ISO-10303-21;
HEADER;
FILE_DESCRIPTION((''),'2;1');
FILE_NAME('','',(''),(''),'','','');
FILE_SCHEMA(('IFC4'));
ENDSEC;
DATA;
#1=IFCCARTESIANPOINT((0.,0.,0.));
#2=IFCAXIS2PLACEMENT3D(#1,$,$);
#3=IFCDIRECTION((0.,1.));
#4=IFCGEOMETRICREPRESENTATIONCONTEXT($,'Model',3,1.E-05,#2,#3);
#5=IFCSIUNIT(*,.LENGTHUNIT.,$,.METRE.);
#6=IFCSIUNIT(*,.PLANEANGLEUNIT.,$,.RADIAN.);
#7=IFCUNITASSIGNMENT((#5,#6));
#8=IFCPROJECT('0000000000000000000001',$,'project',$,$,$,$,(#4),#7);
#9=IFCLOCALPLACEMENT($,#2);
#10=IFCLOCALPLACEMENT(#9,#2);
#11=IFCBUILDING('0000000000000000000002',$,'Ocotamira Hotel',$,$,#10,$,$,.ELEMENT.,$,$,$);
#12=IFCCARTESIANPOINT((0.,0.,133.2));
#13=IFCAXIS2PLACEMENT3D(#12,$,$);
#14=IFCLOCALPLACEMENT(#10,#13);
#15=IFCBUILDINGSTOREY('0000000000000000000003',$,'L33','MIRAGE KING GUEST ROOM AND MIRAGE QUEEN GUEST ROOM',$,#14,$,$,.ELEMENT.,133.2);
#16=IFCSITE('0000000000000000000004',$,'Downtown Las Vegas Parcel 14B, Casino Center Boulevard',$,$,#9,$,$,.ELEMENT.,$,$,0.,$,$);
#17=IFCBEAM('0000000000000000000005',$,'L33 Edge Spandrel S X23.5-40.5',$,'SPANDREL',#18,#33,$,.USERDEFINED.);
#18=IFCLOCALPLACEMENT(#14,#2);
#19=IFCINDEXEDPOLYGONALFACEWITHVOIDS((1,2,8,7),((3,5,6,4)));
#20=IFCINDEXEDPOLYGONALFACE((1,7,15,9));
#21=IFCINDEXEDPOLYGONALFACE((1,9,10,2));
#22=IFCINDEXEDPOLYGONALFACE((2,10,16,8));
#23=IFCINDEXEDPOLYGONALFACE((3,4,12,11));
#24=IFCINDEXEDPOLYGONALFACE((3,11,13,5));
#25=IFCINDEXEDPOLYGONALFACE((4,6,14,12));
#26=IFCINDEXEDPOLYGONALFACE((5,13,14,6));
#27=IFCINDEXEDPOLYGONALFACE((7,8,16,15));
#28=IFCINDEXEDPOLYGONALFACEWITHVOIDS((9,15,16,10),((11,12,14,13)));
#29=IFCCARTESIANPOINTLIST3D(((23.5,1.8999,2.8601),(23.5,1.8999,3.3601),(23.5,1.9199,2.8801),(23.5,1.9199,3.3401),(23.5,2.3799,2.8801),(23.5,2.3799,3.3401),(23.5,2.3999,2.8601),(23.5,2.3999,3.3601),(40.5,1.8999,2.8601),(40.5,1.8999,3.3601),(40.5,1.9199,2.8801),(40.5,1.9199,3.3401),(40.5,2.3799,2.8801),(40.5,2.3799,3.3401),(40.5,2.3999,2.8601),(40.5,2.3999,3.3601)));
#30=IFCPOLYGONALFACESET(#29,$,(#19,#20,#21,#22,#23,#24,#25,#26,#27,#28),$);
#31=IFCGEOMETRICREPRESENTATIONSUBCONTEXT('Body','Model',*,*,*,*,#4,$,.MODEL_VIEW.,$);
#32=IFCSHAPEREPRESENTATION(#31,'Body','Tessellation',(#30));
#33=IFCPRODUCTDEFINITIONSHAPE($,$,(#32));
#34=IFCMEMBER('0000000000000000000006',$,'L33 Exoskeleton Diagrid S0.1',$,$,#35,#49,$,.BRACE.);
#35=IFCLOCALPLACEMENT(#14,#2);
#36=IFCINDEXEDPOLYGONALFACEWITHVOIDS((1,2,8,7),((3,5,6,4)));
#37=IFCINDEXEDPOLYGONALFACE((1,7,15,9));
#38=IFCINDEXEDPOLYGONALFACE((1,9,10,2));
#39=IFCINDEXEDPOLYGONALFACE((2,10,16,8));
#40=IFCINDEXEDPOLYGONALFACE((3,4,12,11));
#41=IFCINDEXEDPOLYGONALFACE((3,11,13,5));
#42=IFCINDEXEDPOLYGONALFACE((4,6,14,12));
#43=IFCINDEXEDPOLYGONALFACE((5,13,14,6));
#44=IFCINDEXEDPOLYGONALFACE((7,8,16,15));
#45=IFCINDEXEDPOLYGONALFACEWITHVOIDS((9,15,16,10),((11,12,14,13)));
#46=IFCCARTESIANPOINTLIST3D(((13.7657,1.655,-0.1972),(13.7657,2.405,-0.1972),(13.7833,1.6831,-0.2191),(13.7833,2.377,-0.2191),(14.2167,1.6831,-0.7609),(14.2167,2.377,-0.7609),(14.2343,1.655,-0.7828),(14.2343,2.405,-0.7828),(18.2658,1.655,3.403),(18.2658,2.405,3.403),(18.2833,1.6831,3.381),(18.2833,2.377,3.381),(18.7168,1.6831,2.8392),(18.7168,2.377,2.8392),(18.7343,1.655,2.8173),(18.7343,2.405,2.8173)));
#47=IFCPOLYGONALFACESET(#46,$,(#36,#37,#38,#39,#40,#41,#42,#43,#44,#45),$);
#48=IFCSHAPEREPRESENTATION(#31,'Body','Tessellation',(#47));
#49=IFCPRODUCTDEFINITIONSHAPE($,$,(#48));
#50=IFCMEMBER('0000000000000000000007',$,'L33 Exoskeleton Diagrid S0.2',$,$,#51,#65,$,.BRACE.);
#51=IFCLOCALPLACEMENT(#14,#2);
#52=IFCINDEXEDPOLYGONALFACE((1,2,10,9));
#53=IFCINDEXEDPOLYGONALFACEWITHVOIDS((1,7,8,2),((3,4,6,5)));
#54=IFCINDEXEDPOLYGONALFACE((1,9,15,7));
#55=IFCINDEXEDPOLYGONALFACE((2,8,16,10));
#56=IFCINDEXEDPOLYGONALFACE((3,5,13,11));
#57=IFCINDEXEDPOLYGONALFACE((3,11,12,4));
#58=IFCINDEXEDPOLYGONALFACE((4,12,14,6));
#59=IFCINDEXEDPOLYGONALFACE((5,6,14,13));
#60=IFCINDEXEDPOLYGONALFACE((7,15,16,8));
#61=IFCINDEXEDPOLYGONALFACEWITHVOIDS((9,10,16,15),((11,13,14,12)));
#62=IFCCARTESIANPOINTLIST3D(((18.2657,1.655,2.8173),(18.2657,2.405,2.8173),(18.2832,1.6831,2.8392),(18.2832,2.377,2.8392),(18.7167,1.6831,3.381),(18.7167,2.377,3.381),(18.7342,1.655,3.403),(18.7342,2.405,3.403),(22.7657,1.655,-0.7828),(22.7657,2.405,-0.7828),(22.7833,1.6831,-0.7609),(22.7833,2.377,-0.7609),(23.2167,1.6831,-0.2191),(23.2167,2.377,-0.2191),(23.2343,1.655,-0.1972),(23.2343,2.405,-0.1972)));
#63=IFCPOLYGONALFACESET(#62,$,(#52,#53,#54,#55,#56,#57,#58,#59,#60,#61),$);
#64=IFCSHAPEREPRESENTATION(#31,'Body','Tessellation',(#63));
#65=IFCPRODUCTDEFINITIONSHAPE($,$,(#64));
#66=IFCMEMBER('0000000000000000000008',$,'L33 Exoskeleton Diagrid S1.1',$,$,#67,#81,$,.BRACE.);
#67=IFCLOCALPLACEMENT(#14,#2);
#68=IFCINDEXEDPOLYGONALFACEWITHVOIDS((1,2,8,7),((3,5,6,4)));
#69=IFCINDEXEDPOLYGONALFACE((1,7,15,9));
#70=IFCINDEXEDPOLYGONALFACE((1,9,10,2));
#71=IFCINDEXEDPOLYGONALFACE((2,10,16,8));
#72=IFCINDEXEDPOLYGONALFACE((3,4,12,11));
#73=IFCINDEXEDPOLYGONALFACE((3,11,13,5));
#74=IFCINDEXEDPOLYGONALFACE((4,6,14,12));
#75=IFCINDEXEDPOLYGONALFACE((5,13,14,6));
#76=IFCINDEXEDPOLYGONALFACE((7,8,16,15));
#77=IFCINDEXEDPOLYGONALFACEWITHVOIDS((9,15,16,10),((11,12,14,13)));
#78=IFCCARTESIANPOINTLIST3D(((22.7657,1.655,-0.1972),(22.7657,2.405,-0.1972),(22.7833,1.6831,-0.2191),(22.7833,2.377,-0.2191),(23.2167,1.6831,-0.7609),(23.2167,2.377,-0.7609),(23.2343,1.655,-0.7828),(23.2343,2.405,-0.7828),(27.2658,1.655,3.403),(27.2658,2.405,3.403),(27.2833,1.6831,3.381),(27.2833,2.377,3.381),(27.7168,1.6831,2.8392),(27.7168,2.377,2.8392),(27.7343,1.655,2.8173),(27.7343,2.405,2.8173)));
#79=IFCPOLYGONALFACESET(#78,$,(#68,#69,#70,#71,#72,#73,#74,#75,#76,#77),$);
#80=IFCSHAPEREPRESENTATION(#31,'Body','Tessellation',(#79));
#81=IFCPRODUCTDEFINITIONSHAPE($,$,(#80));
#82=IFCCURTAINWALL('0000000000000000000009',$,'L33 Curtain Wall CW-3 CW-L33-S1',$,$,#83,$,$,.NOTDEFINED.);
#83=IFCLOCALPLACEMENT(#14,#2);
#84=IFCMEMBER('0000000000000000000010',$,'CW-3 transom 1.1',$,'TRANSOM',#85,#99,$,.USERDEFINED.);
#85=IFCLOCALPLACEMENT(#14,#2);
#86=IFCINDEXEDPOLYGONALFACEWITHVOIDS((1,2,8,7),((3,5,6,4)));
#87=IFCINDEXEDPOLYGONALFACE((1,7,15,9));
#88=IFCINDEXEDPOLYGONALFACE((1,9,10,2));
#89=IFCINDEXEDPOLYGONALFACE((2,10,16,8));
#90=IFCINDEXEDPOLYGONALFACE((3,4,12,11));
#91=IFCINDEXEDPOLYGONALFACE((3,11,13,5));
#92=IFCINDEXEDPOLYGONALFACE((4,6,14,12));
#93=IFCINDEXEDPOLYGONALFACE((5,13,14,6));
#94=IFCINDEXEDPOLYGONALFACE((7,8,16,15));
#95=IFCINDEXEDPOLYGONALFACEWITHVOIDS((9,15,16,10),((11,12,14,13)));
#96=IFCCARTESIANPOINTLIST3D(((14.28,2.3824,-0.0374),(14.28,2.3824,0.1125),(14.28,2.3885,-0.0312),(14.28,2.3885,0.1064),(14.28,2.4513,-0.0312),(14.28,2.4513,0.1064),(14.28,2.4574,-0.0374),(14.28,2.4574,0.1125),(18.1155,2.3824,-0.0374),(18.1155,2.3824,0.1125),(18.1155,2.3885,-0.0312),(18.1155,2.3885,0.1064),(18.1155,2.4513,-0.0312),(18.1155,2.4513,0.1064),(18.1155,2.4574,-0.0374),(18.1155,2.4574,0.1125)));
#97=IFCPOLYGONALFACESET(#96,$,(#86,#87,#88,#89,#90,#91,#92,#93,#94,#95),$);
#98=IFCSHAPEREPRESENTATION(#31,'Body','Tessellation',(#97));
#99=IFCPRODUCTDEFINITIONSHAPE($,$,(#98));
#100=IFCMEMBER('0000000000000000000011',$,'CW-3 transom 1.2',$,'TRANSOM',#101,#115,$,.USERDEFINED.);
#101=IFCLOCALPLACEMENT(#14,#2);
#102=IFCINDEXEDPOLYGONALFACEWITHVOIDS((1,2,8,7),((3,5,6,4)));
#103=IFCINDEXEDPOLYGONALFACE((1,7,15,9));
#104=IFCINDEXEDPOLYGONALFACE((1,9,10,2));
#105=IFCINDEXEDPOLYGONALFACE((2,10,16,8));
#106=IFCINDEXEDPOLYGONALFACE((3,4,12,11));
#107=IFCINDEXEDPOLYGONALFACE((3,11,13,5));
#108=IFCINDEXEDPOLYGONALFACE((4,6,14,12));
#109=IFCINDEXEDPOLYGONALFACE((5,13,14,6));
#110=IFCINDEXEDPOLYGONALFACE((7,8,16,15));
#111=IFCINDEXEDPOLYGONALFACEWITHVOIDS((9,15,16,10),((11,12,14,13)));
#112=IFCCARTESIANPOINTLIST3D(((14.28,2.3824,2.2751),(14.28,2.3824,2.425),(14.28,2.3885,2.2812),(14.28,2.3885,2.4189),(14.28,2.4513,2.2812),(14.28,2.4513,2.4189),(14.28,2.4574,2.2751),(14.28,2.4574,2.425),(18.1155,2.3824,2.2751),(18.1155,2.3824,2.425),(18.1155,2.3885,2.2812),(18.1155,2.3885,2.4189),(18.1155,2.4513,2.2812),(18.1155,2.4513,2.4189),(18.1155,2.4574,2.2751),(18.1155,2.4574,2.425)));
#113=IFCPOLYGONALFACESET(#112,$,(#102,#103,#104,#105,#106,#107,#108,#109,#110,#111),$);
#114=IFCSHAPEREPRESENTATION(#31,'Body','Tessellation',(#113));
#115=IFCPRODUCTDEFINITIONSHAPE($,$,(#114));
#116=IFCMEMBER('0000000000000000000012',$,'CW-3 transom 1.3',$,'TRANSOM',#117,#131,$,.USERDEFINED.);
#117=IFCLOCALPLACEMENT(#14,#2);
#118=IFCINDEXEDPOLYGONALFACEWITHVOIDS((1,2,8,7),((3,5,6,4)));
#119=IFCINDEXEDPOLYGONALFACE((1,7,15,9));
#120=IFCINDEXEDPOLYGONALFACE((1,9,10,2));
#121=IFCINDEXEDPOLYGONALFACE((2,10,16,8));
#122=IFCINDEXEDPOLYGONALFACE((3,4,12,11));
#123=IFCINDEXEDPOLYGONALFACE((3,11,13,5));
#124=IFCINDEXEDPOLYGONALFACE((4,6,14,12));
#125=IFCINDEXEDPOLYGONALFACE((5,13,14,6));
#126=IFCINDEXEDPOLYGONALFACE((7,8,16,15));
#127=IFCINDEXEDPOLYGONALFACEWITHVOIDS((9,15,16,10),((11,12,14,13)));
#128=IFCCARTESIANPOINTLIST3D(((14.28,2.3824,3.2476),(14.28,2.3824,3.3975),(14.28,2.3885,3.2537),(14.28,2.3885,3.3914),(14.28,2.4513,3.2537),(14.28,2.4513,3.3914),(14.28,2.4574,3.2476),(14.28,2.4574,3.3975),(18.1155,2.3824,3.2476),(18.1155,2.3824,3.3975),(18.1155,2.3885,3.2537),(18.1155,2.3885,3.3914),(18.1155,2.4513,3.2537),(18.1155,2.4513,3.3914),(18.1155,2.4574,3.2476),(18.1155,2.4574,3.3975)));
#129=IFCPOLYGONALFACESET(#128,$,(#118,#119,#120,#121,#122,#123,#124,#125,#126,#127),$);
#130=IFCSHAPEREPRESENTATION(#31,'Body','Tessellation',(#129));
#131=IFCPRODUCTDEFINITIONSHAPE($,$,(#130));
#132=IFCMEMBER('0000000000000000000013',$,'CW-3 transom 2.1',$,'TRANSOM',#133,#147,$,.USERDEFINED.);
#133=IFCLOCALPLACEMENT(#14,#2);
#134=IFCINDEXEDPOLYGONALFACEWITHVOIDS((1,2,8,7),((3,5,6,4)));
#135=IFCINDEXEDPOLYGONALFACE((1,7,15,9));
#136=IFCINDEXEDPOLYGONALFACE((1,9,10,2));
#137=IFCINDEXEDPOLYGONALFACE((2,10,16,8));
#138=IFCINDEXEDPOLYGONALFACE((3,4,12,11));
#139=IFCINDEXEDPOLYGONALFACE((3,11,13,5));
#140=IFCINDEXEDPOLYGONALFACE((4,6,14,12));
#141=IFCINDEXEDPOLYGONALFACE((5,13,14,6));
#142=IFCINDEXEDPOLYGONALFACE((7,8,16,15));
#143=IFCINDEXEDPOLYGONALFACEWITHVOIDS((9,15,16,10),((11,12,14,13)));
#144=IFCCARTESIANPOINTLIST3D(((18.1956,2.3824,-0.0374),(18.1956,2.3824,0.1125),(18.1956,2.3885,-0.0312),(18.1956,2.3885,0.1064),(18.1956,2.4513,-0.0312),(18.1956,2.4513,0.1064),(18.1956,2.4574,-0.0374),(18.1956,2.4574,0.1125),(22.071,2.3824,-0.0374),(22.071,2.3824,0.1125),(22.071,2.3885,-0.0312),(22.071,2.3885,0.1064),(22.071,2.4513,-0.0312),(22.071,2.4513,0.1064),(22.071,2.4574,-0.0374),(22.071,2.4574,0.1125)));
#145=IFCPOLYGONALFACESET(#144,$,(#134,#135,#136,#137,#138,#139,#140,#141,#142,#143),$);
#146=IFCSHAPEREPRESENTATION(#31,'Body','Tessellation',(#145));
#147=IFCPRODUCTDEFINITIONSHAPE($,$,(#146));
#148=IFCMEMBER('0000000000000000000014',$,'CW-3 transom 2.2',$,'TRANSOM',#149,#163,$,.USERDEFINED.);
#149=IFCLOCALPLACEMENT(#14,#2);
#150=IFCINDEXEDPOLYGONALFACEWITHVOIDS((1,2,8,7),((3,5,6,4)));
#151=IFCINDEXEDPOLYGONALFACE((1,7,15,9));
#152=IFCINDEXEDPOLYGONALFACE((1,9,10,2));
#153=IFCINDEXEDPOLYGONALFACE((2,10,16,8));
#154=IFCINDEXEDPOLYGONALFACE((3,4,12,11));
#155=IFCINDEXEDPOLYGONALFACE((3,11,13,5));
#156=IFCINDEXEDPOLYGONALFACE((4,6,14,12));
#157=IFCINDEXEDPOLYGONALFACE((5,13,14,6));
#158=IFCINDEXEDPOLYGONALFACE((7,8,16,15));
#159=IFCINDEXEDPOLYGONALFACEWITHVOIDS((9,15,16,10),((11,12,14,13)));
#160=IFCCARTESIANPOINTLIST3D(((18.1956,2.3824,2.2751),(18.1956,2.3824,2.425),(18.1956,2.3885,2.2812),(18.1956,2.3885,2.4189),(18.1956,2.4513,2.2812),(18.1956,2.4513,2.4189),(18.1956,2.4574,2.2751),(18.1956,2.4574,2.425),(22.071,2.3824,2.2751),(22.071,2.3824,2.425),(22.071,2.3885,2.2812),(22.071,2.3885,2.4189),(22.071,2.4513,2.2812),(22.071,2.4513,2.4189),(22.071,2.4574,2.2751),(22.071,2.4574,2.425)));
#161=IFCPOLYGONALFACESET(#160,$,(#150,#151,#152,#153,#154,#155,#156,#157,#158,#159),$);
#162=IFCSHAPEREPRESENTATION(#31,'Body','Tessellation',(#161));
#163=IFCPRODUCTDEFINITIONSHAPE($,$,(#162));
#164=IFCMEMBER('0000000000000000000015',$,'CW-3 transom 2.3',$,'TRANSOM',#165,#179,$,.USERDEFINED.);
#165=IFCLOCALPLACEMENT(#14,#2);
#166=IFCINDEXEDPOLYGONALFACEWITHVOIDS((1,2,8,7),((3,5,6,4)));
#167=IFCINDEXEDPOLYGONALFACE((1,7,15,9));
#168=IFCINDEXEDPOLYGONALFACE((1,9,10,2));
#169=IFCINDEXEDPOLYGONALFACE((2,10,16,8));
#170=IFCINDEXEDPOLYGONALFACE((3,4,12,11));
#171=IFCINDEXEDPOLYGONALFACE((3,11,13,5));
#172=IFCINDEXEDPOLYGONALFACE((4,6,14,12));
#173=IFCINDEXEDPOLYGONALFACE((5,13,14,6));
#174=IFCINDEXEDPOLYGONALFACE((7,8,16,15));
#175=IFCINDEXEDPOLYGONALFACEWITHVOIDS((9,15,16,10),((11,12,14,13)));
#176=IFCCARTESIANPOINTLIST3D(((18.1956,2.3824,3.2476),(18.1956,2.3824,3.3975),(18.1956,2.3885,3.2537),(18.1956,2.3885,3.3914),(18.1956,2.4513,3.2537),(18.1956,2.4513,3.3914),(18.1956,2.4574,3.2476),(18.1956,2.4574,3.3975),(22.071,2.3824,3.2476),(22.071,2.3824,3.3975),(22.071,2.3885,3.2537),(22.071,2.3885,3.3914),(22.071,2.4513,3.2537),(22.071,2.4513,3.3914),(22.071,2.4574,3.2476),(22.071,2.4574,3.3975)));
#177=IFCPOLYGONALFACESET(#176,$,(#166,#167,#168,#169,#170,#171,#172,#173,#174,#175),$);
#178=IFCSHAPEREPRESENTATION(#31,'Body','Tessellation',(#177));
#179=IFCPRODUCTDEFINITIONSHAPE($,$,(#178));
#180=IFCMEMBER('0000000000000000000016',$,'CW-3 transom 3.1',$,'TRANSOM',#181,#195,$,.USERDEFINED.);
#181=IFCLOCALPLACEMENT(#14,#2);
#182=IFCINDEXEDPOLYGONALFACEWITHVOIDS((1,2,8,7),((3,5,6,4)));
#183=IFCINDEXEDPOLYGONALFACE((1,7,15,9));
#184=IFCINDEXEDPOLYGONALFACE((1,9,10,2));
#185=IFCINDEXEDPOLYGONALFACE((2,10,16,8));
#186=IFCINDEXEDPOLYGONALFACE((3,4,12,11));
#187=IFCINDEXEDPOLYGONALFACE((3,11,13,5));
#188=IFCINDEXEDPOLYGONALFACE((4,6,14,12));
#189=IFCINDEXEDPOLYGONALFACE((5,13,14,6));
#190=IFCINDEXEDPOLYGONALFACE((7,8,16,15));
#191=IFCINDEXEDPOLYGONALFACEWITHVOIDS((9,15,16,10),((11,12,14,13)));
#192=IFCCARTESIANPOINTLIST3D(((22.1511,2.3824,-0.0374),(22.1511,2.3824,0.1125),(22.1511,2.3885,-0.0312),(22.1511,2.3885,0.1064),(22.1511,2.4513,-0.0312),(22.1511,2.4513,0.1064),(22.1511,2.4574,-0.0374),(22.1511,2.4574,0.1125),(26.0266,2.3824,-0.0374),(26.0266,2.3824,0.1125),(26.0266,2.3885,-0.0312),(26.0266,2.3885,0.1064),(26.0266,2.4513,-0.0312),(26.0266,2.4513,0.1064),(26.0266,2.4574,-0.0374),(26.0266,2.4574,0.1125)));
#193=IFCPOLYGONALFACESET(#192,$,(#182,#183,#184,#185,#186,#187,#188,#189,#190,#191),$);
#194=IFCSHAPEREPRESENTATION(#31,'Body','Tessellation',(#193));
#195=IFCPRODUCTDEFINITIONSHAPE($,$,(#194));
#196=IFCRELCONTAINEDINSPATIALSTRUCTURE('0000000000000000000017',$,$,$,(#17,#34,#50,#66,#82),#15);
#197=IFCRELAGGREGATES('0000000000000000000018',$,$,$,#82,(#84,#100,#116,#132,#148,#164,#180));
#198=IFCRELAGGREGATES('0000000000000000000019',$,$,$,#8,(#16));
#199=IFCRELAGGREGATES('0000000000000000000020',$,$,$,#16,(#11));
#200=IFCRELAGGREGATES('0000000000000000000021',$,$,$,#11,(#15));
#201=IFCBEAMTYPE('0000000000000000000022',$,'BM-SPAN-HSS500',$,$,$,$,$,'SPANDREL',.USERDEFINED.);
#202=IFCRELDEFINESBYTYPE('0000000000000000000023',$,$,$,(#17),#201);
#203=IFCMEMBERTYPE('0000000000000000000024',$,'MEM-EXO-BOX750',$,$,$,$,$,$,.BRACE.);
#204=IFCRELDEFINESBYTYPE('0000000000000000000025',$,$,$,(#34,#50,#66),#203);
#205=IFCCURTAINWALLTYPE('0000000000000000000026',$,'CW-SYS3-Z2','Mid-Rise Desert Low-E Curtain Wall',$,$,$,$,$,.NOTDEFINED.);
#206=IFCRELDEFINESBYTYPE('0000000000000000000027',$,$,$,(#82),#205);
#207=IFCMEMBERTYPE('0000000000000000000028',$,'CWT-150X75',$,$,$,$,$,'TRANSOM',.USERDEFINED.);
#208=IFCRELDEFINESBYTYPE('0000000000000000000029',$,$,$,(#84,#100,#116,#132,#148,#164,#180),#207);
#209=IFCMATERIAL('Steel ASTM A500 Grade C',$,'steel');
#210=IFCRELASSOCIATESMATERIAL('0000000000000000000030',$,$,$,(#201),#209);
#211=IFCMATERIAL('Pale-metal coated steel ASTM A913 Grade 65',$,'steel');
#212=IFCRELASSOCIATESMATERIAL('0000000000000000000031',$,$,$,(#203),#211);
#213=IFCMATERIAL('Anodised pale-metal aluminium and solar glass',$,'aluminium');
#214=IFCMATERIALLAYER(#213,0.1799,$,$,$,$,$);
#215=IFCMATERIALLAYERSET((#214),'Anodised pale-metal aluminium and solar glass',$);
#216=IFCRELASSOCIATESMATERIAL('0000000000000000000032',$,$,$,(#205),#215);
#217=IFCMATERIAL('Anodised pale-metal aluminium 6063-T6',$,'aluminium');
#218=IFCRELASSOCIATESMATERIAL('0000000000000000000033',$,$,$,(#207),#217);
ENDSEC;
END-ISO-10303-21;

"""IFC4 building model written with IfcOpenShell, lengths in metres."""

from ifc_helpers import new_model, si_unit, direction, frame, origin, origin_2d, place, context, subcontext, project, spatial, hollow_rectangle, extrude, source, transform, mapped, material, layer, layer_set, material_profile, profile_set, type_object, element, aggregate, save


model = new_model("IFC4")

# Units and contexts
model_context = context("Model", 3, precision=1e-05, world=origin(), true_north=direction((0.0, 1.0)))
body_context = subcontext(model_context, "Body", "Model", "MODEL_VIEW")
ifc_project = project(units=[si_unit("LENGTHUNIT", "METRE"), si_unit("PLANEANGLEUNIT", "RADIAN")], contexts=[model_context])

# Site, building, storey
site_placement = place(None, origin())
site = spatial("IfcSite", under=ifc_project, at=site_placement, Name="Downtown Las Vegas Parcel 14B, Casino Center Boulevard", CompositionType="ELEMENT", RefElevation=0.0)
building_placement = place(site_placement, origin())
building = spatial("IfcBuilding", under=site, at=building_placement, Name="Ocotamira Hotel", CompositionType="ELEMENT")
storey_placement = place(building_placement, frame((0.0, 0.0, 133.2)))
storey = spatial("IfcBuildingStorey", under=building, at=storey_placement, Name="L33", Description="MIRAGE KING GUEST ROOM AND MIRAGE QUEEN GUEST ROOM", CompositionType="ELEMENT", Elevation=133.2)

# Beam
ifc_material_1 = material(Name="Steel ASTM A500 Grade C", Category="steel")
ifc_material_profile_1 = material_profile(ifc_material_1, hollow_rectangle(XDim=0.5, YDim=0.5, WallThickness=0.02, at=origin_2d()), Name="HSS500X500X20")
ifc_profile_set_1 = profile_set([ifc_material_profile_1], Name="Steel ASTM A500 Grade C")
beam_type_1 = type_object("IfcBeamType", Name="BM-SPAN-HSS500", ElementType="SPANDREL", PredefinedType="USERDEFINED", material=ifc_profile_set_1)
shared_shape_1 = source(origin(), body_context, "Body", "SweptSolid", [
    extrude(hollow_rectangle(XDim=0.5, YDim=0.5, WallThickness=0.02, at=origin_2d()), origin(), (0.0, 0.0, 1.0), 17.0),
])
beam_1_placement = place(storey_placement, frame((23.5, 2.1499, 3.1101), z_axis=(1.0, 0.0, 0.0), x_axis=(0.0, 1.0, 0.0)))
element("IfcBeam", 1, at=beam_1_placement, inside=storey, type_object=beam_type_1, Name="L33 Edge Spandrel S X23.5-40.5", ObjectType="SPANDREL", PredefinedType="USERDEFINED", context=body_context, shape_type="MappedRepresentation", body=[
    mapped(shared_shape_1, transform((0.0, 0.0, 0.0), scale=1.0)),
])

# Members
ifc_material_2 = material(Name="Pale-metal coated steel ASTM A913 Grade 65", Category="steel")
ifc_material_profile_2 = material_profile(ifc_material_2, hollow_rectangle(XDim=0.75, YDim=0.75, WallThickness=0.0281, at=origin_2d()), Name="BOX750X750X28")
ifc_profile_set_2 = profile_set([ifc_material_profile_2], Name="Pale-metal coated steel ASTM A913 Grade 65")
member_type_1 = type_object("IfcMemberType", Name="MEM-EXO-BOX750", PredefinedType="BRACE", material=ifc_profile_set_2)
shared_shape_2 = source(origin(), body_context, "Body", "SweptSolid", [
    extrude(hollow_rectangle(XDim=0.75, YDim=0.75, WallThickness=0.0281, at=origin_2d()), origin(), (0.0, 0.0, 1.0), 5.7629),
])
for number, where, z_axis, x_axis, name in (
    (2, (14.0, 2.03, -0.49), (0.780861, 0.0, 0.624705), (0.0, 1.0, 0.0), "L33 Exoskeleton Diagrid S0.1"),
    (3, (23.0, 2.03, -0.49), (-0.780861, 0.0, 0.624705), (0.0, -1.0, 0.0), "L33 Exoskeleton Diagrid S0.2"),
    (4, (23.0, 2.03, -0.49), (0.780861, 0.0, 0.624705), (0.0, 1.0, 0.0), "L33 Exoskeleton Diagrid S1.1"),
):
    element("IfcMember", number, at=place(storey_placement, frame(where, z_axis=z_axis, x_axis=x_axis)), inside=storey, type_object=member_type_1, Name=name, PredefinedType="BRACE", context=body_context, shape_type="MappedRepresentation", body=[
        mapped(shared_shape_2, transform((0.0, 0.0, 0.0), scale=1.0)),
    ])

# Curtain wall, members
ifc_material_3 = material(Name="Anodised pale-metal aluminium and solar glass", Category="aluminium")
ifc_layer_1 = layer(ifc_material_3, 0.1799)
ifc_layer_set_1 = layer_set([ifc_layer_1], Name="Anodised pale-metal aluminium and solar glass")
curtain_wall_type = type_object("IfcCurtainWallType", Name="CW-SYS3-Z2", Description="Mid-Rise Desert Low-E Curtain Wall", PredefinedType="NOTDEFINED", material=ifc_layer_set_1)
curtain_wall_placement = place(storey_placement, origin())
curtain_wall = element("IfcCurtainWall", 5, at=curtain_wall_placement, inside=storey, type_object=curtain_wall_type, Name="L33 Curtain Wall CW-3 CW-L33-S1", PredefinedType="NOTDEFINED")
ifc_material_4 = material(Name="Anodised pale-metal aluminium 6063-T6", Category="aluminium")
ifc_material_profile_3 = material_profile(ifc_material_4, hollow_rectangle(XDim=0.075, YDim=0.1499, WallThickness=0.0061, at=origin_2d()), Name="HSS150X75X6")
ifc_profile_set_3 = profile_set([ifc_material_profile_3], Name="Anodised pale-metal aluminium 6063-T6")
member_type_2 = type_object("IfcMemberType", Name="CWT-150X75", ElementType="TRANSOM", PredefinedType="USERDEFINED", material=ifc_profile_set_3)
shared_shape_3 = source(origin(), body_context, "Body", "SweptSolid", [
    extrude(hollow_rectangle(XDim=0.075, YDim=0.1499, WallThickness=0.0061, at=origin_2d()), origin(), (0.0, 0.0, 1.0), 3.8354),
])
member_1_placement = place(storey_placement, frame((14.28, 2.4199, 0.0376), z_axis=(1.0, 0.0, 0.0), x_axis=(0.0, 1.0, 0.0)))
member_1 = element("IfcMember", 6, at=member_1_placement, type_object=member_type_2, Name="CW-3 transom 1.1", ObjectType="TRANSOM", PredefinedType="USERDEFINED", context=body_context, shape_type="MappedRepresentation", body=[
    mapped(shared_shape_3, transform((0.0, 0.0, 0.0), scale=1.0)),
])
member_2_placement = place(storey_placement, frame((14.28, 2.4199, 2.3501), z_axis=(1.0, 0.0, 0.0), x_axis=(0.0, 1.0, 0.0)))
member_2 = element("IfcMember", 7, at=member_2_placement, type_object=member_type_2, Name="CW-3 transom 1.2", ObjectType="TRANSOM", PredefinedType="USERDEFINED", context=body_context, shape_type="MappedRepresentation", body=[
    mapped(shared_shape_3, transform((0.0, 0.0, 0.0), scale=1.0)),
])
member_3_placement = place(storey_placement, frame((14.28, 2.4199, 3.3225), z_axis=(1.0, 0.0, 0.0), x_axis=(0.0, 1.0, 0.0)))
member_3 = element("IfcMember", 8, at=member_3_placement, type_object=member_type_2, Name="CW-3 transom 1.3", ObjectType="TRANSOM", PredefinedType="USERDEFINED", context=body_context, shape_type="MappedRepresentation", body=[
    mapped(shared_shape_3, transform((0.0, 0.0, 0.0), scale=1.0)),
])
shared_shape_4 = source(origin(), body_context, "Body", "SweptSolid", [
    extrude(hollow_rectangle(XDim=0.075, YDim=0.1499, WallThickness=0.0061, at=origin_2d()), origin(), (0.0, 0.0, 1.0), 3.8755),
])
member_4_placement = place(storey_placement, frame((18.1956, 2.4199, 0.0376), z_axis=(1.0, 0.0, 0.0), x_axis=(0.0, 1.0, 0.0)))
member_4 = element("IfcMember", 9, at=member_4_placement, type_object=member_type_2, Name="CW-3 transom 2.1", ObjectType="TRANSOM", PredefinedType="USERDEFINED", context=body_context, shape_type="MappedRepresentation", body=[
    mapped(shared_shape_4, transform((0.0, 0.0, 0.0), scale=1.0)),
])
member_5_placement = place(storey_placement, frame((18.1956, 2.4199, 2.3501), z_axis=(1.0, 0.0, 0.0), x_axis=(0.0, 1.0, 0.0)))
member_5 = element("IfcMember", 10, at=member_5_placement, type_object=member_type_2, Name="CW-3 transom 2.2", ObjectType="TRANSOM", PredefinedType="USERDEFINED", context=body_context, shape_type="MappedRepresentation", body=[
    mapped(shared_shape_4, transform((0.0, 0.0, 0.0), scale=1.0)),
])
member_6_placement = place(storey_placement, frame((18.1956, 2.4199, 3.3225), z_axis=(1.0, 0.0, 0.0), x_axis=(0.0, 1.0, 0.0)))
member_6 = element("IfcMember", 11, at=member_6_placement, type_object=member_type_2, Name="CW-3 transom 2.3", ObjectType="TRANSOM", PredefinedType="USERDEFINED", context=body_context, shape_type="MappedRepresentation", body=[
    mapped(shared_shape_4, transform((0.0, 0.0, 0.0), scale=1.0)),
])
member_7_placement = place(storey_placement, frame((22.1511, 2.4199, 0.0376), z_axis=(1.0, 0.0, 0.0), x_axis=(0.0, 1.0, 0.0)))
member_7 = element("IfcMember", 12, at=member_7_placement, type_object=member_type_2, Name="CW-3 transom 3.1", ObjectType="TRANSOM", PredefinedType="USERDEFINED", context=body_context, shape_type="MappedRepresentation", body=[
    mapped(shared_shape_4, transform((0.0, 0.0, 0.0), scale=1.0)),
])

aggregate(curtain_wall, [member_1, member_2, member_3, member_4, member_5, member_6, member_7])

save(model, "model.ifc")
